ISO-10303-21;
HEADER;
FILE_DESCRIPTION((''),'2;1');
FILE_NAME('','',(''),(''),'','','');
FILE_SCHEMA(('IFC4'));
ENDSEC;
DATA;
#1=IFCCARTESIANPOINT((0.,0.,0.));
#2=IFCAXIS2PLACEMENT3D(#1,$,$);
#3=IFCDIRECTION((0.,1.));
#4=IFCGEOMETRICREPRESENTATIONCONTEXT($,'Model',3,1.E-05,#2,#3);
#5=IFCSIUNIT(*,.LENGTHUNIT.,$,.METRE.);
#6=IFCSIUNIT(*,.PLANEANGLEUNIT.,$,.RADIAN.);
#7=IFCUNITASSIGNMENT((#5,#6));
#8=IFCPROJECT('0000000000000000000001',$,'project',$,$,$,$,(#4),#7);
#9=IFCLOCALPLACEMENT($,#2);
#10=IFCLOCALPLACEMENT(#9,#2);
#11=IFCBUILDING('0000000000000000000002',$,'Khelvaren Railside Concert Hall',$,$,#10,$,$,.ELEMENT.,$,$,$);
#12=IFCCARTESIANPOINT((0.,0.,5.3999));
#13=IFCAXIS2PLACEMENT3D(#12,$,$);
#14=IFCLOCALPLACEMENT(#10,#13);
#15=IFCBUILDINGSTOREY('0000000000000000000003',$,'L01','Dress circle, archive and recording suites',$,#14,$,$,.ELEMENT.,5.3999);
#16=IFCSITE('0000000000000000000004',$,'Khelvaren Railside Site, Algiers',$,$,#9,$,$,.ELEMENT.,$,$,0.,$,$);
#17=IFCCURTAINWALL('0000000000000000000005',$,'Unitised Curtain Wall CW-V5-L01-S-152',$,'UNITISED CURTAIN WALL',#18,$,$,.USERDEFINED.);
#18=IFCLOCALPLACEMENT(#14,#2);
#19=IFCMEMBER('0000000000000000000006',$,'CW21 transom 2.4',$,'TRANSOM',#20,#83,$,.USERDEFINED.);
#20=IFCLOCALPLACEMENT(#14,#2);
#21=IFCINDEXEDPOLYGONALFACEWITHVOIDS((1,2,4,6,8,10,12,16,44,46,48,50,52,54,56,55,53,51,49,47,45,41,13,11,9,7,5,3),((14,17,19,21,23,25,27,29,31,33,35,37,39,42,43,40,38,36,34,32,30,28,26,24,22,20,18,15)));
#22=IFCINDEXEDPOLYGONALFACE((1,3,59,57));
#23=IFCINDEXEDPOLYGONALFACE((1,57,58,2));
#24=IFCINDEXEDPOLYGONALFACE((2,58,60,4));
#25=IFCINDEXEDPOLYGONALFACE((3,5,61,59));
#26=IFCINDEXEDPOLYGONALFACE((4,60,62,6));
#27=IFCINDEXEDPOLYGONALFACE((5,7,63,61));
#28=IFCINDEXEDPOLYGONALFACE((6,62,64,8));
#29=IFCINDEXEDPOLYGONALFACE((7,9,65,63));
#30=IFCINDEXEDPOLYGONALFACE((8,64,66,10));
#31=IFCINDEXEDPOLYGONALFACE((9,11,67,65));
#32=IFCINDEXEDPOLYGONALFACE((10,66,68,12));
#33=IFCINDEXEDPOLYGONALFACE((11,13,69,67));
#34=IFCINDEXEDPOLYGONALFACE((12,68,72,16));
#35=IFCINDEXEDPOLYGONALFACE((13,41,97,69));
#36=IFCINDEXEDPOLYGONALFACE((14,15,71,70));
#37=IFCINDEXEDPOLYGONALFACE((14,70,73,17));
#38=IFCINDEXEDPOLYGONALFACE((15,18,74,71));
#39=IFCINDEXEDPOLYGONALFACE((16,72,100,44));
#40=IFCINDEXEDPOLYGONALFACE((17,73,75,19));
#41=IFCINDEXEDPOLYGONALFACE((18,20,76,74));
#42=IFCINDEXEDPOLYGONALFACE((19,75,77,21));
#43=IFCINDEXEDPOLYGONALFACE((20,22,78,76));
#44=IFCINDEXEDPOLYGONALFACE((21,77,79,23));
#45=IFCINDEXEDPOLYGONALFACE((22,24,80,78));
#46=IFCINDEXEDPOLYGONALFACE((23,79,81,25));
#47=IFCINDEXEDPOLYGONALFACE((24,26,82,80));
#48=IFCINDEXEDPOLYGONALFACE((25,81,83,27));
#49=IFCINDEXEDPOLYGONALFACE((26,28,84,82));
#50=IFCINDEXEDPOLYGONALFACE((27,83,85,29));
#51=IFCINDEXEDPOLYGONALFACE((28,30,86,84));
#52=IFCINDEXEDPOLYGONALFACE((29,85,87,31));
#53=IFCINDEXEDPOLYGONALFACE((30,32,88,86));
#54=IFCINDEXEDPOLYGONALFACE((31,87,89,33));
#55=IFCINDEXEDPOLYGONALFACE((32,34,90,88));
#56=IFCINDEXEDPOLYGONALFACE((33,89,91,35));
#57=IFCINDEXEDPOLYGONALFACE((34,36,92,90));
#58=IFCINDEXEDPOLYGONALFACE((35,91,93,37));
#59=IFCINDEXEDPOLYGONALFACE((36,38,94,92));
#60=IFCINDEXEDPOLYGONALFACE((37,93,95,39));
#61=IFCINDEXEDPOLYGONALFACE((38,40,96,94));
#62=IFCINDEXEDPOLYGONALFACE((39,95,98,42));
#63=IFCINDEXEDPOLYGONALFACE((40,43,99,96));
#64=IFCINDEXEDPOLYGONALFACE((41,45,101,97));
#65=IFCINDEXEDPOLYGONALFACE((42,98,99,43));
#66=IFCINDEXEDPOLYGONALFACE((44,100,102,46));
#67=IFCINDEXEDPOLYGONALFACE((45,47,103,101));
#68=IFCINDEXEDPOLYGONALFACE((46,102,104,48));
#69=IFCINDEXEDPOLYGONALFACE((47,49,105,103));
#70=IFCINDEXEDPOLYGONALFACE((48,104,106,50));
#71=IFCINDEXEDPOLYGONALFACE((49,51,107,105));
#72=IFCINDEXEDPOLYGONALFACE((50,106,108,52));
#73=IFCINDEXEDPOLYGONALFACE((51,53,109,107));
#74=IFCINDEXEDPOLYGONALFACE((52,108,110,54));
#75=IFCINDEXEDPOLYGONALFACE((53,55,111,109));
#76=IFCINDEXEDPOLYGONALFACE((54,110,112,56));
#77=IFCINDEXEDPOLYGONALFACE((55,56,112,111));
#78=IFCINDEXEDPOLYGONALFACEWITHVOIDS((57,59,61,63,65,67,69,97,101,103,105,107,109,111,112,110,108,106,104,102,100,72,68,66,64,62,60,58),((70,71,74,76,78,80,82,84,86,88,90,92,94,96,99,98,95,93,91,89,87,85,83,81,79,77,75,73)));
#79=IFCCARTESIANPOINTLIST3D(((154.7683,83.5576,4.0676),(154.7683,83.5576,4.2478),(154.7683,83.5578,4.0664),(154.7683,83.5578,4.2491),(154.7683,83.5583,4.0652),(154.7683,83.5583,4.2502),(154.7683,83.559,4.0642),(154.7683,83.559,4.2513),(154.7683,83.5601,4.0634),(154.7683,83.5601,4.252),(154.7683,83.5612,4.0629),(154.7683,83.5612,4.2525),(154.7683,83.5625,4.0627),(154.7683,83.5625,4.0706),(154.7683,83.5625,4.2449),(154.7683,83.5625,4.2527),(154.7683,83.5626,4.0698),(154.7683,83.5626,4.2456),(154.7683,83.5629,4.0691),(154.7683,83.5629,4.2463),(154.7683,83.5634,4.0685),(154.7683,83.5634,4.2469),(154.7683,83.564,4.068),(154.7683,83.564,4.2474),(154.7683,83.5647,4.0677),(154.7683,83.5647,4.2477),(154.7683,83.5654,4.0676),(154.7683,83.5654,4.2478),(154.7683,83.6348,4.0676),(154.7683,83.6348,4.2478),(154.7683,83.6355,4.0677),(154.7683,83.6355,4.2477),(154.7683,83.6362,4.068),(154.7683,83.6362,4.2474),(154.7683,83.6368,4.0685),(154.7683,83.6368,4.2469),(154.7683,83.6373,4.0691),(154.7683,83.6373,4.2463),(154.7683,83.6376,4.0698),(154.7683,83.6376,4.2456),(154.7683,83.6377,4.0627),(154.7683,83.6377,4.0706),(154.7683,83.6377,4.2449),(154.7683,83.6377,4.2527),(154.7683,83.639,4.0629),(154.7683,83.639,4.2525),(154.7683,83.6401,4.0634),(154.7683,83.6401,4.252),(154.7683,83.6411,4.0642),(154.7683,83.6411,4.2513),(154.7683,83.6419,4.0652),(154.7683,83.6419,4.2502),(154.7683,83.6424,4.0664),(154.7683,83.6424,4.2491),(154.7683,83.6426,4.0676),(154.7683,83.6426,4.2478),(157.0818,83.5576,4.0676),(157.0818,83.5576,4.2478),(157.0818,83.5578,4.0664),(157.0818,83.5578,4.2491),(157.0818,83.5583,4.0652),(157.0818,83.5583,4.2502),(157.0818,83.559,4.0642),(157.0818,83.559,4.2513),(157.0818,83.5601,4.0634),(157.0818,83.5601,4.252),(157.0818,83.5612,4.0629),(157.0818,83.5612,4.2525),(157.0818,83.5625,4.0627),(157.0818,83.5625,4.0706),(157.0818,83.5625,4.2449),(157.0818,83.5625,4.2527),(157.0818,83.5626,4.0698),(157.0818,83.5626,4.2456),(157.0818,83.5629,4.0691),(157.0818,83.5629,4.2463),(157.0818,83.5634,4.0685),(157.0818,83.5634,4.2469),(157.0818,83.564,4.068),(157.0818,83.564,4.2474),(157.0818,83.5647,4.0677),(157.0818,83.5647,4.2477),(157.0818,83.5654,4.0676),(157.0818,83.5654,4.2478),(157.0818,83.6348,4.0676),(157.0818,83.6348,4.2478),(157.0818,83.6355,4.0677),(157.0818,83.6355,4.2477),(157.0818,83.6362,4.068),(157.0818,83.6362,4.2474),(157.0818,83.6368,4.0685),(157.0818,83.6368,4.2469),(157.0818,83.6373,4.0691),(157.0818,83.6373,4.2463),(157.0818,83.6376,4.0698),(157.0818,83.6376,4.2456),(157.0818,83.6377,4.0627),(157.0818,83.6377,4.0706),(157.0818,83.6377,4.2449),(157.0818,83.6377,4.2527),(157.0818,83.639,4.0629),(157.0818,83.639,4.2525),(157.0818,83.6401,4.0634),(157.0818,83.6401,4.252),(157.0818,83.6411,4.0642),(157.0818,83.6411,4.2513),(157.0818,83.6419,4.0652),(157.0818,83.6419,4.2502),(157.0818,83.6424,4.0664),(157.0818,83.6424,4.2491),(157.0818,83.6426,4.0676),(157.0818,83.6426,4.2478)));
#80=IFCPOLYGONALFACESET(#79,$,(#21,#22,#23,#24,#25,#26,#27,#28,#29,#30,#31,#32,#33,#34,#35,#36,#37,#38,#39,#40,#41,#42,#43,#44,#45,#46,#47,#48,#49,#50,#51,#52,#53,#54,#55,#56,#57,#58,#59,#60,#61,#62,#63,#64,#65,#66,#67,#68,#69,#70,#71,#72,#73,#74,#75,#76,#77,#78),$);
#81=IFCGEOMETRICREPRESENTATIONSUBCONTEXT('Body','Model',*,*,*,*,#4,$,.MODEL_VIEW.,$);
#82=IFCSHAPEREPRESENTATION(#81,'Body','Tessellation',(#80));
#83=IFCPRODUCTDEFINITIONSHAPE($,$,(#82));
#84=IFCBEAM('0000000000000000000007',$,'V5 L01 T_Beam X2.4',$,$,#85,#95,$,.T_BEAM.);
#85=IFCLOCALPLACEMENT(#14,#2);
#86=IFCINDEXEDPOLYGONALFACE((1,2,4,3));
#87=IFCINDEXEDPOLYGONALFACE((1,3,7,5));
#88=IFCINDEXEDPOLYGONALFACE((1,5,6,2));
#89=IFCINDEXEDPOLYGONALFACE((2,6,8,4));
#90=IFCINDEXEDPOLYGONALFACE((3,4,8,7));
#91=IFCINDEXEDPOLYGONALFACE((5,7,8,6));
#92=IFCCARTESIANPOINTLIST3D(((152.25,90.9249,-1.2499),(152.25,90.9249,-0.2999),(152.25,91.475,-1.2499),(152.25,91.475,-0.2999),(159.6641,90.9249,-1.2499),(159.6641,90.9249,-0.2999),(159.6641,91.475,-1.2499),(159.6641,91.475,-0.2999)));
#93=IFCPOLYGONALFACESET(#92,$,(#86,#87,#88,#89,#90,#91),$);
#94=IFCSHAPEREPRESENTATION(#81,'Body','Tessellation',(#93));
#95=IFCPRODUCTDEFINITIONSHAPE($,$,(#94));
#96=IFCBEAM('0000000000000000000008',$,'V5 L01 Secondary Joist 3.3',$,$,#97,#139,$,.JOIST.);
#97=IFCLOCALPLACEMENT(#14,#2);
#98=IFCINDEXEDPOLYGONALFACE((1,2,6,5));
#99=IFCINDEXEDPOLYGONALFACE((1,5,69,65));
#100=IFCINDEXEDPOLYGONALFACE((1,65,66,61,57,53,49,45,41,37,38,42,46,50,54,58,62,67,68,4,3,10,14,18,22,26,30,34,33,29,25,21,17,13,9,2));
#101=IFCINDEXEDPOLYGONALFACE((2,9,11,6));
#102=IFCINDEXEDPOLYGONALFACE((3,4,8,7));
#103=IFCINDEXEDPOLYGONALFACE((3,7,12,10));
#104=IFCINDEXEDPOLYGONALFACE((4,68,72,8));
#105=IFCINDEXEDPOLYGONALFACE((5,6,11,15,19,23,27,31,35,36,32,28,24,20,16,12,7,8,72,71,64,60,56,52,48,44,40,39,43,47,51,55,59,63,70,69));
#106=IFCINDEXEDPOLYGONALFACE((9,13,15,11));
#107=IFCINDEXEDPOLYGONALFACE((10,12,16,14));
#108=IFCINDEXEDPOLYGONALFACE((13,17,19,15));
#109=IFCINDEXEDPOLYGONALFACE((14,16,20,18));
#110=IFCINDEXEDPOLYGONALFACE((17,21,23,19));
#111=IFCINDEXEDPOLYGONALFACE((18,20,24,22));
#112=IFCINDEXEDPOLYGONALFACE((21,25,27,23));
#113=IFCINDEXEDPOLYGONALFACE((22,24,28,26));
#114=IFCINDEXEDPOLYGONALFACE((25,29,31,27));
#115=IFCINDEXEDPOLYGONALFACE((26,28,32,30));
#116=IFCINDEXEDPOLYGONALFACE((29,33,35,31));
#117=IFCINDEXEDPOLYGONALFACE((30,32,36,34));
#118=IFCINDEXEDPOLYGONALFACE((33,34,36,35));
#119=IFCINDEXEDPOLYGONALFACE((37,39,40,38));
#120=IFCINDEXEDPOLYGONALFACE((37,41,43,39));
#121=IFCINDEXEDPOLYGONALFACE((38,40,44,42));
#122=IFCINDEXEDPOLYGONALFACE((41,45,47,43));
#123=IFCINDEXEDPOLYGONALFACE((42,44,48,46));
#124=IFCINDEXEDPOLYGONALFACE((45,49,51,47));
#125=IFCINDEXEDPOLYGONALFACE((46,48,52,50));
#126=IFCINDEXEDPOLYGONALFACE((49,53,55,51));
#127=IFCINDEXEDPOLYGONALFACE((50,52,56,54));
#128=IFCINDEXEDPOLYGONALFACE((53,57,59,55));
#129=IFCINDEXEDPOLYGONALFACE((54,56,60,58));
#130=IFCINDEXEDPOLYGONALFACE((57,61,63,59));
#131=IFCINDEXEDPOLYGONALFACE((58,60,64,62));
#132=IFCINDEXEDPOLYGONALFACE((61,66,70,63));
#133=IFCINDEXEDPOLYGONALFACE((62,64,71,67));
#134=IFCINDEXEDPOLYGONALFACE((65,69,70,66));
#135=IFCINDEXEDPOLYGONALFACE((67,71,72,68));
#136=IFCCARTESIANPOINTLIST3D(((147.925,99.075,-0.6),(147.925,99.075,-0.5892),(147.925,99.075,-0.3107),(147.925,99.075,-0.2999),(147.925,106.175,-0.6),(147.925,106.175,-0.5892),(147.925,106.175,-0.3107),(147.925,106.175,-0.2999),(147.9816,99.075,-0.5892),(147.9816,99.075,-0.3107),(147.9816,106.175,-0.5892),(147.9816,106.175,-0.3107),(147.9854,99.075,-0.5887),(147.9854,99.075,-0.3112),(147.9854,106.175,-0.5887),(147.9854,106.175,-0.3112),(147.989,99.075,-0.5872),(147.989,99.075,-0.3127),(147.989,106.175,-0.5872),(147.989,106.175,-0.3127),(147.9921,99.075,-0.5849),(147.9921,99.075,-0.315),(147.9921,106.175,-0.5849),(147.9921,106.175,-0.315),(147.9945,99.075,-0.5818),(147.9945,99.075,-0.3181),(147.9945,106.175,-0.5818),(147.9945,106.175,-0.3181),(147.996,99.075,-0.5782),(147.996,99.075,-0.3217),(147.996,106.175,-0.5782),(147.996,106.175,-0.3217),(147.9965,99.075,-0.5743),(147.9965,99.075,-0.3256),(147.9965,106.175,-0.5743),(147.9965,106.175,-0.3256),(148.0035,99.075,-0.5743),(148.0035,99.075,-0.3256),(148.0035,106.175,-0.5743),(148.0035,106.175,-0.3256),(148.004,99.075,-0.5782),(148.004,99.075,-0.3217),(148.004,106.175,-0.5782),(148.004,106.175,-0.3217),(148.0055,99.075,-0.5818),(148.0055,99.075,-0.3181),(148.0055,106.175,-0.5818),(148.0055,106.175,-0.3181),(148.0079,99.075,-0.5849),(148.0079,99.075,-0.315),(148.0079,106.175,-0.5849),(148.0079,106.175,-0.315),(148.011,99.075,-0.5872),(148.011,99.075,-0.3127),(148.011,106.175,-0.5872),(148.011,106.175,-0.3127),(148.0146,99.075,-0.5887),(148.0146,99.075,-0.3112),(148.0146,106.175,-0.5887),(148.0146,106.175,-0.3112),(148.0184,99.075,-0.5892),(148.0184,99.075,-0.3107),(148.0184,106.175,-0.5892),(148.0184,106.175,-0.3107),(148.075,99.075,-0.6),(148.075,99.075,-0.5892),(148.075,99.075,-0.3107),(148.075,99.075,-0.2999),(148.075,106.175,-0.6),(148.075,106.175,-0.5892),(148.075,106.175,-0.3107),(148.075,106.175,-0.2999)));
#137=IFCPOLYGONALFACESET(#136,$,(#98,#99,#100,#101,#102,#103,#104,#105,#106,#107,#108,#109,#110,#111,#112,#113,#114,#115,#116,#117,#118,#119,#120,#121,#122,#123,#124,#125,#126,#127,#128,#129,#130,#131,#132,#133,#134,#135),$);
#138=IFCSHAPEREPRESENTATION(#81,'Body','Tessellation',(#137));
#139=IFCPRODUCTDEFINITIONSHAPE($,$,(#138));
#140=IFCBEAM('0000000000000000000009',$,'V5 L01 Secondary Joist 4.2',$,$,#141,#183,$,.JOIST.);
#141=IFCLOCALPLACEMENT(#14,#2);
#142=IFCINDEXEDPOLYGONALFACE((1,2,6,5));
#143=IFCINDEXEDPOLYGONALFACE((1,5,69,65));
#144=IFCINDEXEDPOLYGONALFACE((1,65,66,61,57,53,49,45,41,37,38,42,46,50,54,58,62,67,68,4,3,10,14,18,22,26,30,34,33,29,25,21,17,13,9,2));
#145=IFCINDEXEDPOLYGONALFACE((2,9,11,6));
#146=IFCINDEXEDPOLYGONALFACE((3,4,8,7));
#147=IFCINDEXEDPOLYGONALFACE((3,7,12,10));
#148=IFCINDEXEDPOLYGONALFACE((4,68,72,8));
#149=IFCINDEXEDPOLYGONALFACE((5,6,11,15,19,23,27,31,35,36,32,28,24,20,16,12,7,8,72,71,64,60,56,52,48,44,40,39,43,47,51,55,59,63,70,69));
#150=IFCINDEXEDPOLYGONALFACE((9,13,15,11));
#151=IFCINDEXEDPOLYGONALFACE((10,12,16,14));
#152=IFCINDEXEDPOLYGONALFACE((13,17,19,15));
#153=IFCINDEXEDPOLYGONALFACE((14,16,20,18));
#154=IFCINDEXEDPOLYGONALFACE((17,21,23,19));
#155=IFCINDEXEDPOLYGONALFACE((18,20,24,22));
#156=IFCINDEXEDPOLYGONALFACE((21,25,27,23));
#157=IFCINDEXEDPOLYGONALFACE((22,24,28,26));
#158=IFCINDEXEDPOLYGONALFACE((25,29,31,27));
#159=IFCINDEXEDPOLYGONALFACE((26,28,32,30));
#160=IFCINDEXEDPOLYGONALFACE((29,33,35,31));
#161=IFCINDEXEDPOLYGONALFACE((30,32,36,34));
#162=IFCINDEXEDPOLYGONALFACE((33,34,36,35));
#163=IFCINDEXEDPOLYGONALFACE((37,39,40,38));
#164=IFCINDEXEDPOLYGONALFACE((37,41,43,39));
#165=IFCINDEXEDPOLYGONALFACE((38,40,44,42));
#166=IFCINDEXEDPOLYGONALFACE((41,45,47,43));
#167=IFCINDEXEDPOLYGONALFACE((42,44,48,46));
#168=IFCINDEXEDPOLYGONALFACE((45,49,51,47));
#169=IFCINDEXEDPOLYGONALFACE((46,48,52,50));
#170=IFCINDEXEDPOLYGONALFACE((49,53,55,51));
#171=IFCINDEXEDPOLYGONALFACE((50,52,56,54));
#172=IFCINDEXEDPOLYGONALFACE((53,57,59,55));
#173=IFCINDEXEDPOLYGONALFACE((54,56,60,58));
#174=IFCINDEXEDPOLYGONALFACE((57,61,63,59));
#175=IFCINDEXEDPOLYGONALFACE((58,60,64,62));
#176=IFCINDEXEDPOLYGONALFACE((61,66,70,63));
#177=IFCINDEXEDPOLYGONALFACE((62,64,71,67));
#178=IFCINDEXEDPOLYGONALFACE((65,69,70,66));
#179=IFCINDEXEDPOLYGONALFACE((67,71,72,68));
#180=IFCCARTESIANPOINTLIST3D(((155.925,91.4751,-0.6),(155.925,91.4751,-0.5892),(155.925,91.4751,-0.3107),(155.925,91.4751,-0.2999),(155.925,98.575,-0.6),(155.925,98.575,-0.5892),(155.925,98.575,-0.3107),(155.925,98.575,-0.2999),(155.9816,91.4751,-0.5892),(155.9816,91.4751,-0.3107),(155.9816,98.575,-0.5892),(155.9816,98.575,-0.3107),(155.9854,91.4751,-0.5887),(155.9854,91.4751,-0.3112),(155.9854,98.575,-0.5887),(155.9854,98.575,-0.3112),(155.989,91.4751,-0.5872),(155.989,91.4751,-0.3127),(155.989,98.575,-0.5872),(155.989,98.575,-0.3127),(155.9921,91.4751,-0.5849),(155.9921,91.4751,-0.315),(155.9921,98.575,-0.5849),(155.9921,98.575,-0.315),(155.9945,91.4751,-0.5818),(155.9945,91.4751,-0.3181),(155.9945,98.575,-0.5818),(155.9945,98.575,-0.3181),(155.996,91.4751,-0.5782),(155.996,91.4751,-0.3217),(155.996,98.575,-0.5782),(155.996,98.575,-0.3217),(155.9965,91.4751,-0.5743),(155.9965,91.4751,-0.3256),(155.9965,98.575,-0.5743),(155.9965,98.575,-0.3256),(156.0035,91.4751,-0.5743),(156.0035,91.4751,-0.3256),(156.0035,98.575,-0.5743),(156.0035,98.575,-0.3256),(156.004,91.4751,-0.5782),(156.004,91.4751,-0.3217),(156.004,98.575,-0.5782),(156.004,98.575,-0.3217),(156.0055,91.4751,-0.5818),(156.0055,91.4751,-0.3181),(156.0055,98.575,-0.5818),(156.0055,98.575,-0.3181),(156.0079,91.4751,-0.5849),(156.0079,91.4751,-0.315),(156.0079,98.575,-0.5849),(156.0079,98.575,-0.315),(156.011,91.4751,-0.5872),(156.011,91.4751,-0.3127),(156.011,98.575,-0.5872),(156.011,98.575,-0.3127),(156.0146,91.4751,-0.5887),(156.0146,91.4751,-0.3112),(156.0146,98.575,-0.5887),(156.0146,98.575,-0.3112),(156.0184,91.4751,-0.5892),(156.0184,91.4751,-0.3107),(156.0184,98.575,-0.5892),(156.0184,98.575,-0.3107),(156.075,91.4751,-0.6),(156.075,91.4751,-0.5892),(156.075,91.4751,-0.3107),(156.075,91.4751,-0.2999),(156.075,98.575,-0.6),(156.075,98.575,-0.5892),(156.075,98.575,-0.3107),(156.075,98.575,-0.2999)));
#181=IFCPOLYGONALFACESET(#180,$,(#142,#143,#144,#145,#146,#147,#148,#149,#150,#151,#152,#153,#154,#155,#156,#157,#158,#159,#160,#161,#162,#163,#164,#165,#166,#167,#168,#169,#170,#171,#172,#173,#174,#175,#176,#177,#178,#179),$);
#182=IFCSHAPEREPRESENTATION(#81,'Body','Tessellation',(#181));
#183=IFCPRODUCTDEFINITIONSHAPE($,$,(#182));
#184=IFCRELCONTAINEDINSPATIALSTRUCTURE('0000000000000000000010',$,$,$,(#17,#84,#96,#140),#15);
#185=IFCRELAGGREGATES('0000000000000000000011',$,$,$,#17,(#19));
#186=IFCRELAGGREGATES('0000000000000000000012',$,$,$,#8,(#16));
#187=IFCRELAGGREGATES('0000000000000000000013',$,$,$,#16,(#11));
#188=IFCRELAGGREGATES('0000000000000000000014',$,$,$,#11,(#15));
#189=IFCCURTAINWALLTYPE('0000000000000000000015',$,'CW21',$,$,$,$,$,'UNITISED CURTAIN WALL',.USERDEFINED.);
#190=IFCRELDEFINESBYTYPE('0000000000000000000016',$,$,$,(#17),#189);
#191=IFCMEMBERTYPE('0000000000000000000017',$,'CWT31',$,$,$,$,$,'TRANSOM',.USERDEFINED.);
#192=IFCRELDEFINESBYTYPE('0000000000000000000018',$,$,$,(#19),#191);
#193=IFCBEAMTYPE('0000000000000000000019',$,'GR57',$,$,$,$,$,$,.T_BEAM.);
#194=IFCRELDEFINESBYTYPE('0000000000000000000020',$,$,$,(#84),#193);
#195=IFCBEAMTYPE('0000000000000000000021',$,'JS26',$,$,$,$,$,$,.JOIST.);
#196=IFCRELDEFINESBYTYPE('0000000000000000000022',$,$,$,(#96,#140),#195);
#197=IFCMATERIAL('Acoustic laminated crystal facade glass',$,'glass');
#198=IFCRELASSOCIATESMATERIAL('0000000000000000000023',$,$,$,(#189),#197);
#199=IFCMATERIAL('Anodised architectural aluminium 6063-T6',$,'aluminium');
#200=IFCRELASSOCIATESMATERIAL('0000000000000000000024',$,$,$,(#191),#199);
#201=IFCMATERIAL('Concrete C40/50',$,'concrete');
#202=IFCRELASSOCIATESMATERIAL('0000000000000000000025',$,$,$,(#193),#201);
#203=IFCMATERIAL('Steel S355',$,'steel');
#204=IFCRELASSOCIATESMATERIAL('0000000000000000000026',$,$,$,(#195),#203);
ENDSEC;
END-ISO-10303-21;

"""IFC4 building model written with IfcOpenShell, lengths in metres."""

from ifc_helpers import new_model, si_unit, direction, frame, origin, origin_2d, place, context, subcontext, project, spatial, rectangle, hollow_rectangle, i_section, extrude, material, material_profile, profile_set, type_object, element, aggregate, save


model = new_model("IFC4")

# Units and contexts
model_context = context("Model", 3, precision=1e-05, world=origin(), true_north=direction((0.0, 1.0)))
body_context = subcontext(model_context, "Body", "Model", "MODEL_VIEW")
ifc_project = project(units=[si_unit("LENGTHUNIT", "METRE"), si_unit("PLANEANGLEUNIT", "RADIAN")], contexts=[model_context])

# Site, building, storey
site_placement = place(None, origin())
site = spatial("IfcSite", under=ifc_project, at=site_placement, Name="Khelvaren Railside Site, Algiers", CompositionType="ELEMENT", RefElevation=0.0)
building_placement = place(site_placement, origin())
building = spatial("IfcBuilding", under=site, at=building_placement, Name="Khelvaren Railside Concert Hall", CompositionType="ELEMENT")
storey_placement = place(building_placement, frame((0.0, 0.0, 5.3999)))
storey = spatial("IfcBuildingStorey", under=building, at=storey_placement, Name="L01", Description="Dress circle, archive and recording suites", CompositionType="ELEMENT", Elevation=5.3999)

# Shared definitions
ifc_material_1 = material(Name="Concrete C40/50", Category="concrete")
ifc_material_2 = material(Name="Steel S355", Category="steel")

# Curtain wall, member
ifc_material_3 = material(Name="Acoustic laminated crystal facade glass", Category="glass")
curtain_wall_type = type_object("IfcCurtainWallType", Name="CW21", ElementType="UNITISED CURTAIN WALL", PredefinedType="USERDEFINED", material=ifc_material_3)
curtain_wall_placement = place(storey_placement, origin())
curtain_wall = element("IfcCurtainWall", 1, at=curtain_wall_placement, inside=storey, type_object=curtain_wall_type, Name="Unitised Curtain Wall CW-V5-L01-S-152", ObjectType="UNITISED CURTAIN WALL", PredefinedType="USERDEFINED")
ifc_material_4 = material(Name="Anodised architectural aluminium 6063-T6", Category="aluminium")
ifc_material_profile_1 = material_profile(ifc_material_4, hollow_rectangle(XDim=0.085, YDim=0.1899, WallThickness=0.0049, InnerFilletRadius=0.0029, OuterFilletRadius=0.0049, at=origin_2d()), Name="CWT 85x190x5")
ifc_profile_set_1 = profile_set([ifc_material_profile_1], Name="Anodised architectural aluminium 6063-T6")
member_type_1 = type_object("IfcMemberType", Name="CWT31", ElementType="TRANSOM", PredefinedType="USERDEFINED", material=ifc_profile_set_1)
member_1_placement = place(storey_placement, frame((157.0818, 83.6001, 4.1577), z_axis=(-1.0, 0.0, 0.0), x_axis=(0.0, -1.0, 0.0)))
member_1 = element("IfcMember", 2, at=member_1_placement, type_object=member_type_1, Name="CW21 transom 2.4", ObjectType="TRANSOM", PredefinedType="USERDEFINED", context=body_context, shape_type="SweptSolid", body=[
    extrude(hollow_rectangle(XDim=0.085, YDim=0.1899, WallThickness=0.0049, InnerFilletRadius=0.0029, OuterFilletRadius=0.0049, at=origin_2d()), origin(), (0.0, 0.0, 1.0), 2.3135),
])

# Beams
ifc_material_profile_2 = material_profile(ifc_material_1, rectangle(XDim=0.55, YDim=0.95, at=origin_2d()), Name="RCB 550x950")
ifc_profile_set_2 = profile_set([ifc_material_profile_2], Name="Concrete C40/50")
beam_type_1 = type_object("IfcBeamType", Name="GR57", PredefinedType="T_BEAM", material=ifc_profile_set_2)
beam_1_placement = place(storey_placement, frame((152.25, 91.2, -0.7749), z_axis=(1.0, 0.0, 0.0), x_axis=(0.0, 1.0, 0.0)))
element("IfcBeam", 3, at=beam_1_placement, inside=storey, type_object=beam_type_1, Name="V5 L01 T_Beam X2.4", PredefinedType="T_BEAM", context=body_context, shape_type="SweptSolid", body=[
    extrude(rectangle(XDim=0.55, YDim=0.95, at=origin_2d()), origin(), (0.0, 0.0, 1.0), 7.4141),
])
ifc_material_profile_3 = material_profile(ifc_material_2, i_section(OverallWidth=0.1499, OverallDepth=0.3, WebThickness=0.0071, FlangeThickness=0.0107, FilletRadius=0.0149, at=origin_2d()), Name="IPE 300")
ifc_profile_set_3 = profile_set([ifc_material_profile_3], Name="Steel S355")
beam_type_2 = type_object("IfcBeamType", Name="JS26", PredefinedType="JOIST", material=ifc_profile_set_3)
beam_2_placement = place(storey_placement, frame((148.0, 99.075, -0.45), z_axis=(0.0, 1.0, 0.0), x_axis=(-1.0, 0.0, 0.0)))
element("IfcBeam", 4, at=beam_2_placement, inside=storey, type_object=beam_type_2, Name="V5 L01 Secondary Joist 3.3", PredefinedType="JOIST", context=body_context, shape_type="SweptSolid", body=[
    extrude(i_section(OverallWidth=0.1499, OverallDepth=0.3, WebThickness=0.0071, FlangeThickness=0.0107, FilletRadius=0.0149, at=origin_2d()), origin(), (0.0, 0.0, 1.0), 7.1001),
])
beam_3_placement = place(storey_placement, frame((156.0, 91.4751, -0.45), z_axis=(0.0, 1.0, 0.0), x_axis=(-1.0, 0.0, 0.0)))
element("IfcBeam", 5, at=beam_3_placement, inside=storey, type_object=beam_type_2, Name="V5 L01 Secondary Joist 4.2", PredefinedType="JOIST", context=body_context, shape_type="SweptSolid", body=[
    extrude(i_section(OverallWidth=0.1499, OverallDepth=0.3, WebThickness=0.0071, FlangeThickness=0.0107, FilletRadius=0.0149, at=origin_2d()), origin(), (0.0, 0.0, 1.0), 7.0999),
])

aggregate(curtain_wall, [member_1])

save(model, "model.ifc")
